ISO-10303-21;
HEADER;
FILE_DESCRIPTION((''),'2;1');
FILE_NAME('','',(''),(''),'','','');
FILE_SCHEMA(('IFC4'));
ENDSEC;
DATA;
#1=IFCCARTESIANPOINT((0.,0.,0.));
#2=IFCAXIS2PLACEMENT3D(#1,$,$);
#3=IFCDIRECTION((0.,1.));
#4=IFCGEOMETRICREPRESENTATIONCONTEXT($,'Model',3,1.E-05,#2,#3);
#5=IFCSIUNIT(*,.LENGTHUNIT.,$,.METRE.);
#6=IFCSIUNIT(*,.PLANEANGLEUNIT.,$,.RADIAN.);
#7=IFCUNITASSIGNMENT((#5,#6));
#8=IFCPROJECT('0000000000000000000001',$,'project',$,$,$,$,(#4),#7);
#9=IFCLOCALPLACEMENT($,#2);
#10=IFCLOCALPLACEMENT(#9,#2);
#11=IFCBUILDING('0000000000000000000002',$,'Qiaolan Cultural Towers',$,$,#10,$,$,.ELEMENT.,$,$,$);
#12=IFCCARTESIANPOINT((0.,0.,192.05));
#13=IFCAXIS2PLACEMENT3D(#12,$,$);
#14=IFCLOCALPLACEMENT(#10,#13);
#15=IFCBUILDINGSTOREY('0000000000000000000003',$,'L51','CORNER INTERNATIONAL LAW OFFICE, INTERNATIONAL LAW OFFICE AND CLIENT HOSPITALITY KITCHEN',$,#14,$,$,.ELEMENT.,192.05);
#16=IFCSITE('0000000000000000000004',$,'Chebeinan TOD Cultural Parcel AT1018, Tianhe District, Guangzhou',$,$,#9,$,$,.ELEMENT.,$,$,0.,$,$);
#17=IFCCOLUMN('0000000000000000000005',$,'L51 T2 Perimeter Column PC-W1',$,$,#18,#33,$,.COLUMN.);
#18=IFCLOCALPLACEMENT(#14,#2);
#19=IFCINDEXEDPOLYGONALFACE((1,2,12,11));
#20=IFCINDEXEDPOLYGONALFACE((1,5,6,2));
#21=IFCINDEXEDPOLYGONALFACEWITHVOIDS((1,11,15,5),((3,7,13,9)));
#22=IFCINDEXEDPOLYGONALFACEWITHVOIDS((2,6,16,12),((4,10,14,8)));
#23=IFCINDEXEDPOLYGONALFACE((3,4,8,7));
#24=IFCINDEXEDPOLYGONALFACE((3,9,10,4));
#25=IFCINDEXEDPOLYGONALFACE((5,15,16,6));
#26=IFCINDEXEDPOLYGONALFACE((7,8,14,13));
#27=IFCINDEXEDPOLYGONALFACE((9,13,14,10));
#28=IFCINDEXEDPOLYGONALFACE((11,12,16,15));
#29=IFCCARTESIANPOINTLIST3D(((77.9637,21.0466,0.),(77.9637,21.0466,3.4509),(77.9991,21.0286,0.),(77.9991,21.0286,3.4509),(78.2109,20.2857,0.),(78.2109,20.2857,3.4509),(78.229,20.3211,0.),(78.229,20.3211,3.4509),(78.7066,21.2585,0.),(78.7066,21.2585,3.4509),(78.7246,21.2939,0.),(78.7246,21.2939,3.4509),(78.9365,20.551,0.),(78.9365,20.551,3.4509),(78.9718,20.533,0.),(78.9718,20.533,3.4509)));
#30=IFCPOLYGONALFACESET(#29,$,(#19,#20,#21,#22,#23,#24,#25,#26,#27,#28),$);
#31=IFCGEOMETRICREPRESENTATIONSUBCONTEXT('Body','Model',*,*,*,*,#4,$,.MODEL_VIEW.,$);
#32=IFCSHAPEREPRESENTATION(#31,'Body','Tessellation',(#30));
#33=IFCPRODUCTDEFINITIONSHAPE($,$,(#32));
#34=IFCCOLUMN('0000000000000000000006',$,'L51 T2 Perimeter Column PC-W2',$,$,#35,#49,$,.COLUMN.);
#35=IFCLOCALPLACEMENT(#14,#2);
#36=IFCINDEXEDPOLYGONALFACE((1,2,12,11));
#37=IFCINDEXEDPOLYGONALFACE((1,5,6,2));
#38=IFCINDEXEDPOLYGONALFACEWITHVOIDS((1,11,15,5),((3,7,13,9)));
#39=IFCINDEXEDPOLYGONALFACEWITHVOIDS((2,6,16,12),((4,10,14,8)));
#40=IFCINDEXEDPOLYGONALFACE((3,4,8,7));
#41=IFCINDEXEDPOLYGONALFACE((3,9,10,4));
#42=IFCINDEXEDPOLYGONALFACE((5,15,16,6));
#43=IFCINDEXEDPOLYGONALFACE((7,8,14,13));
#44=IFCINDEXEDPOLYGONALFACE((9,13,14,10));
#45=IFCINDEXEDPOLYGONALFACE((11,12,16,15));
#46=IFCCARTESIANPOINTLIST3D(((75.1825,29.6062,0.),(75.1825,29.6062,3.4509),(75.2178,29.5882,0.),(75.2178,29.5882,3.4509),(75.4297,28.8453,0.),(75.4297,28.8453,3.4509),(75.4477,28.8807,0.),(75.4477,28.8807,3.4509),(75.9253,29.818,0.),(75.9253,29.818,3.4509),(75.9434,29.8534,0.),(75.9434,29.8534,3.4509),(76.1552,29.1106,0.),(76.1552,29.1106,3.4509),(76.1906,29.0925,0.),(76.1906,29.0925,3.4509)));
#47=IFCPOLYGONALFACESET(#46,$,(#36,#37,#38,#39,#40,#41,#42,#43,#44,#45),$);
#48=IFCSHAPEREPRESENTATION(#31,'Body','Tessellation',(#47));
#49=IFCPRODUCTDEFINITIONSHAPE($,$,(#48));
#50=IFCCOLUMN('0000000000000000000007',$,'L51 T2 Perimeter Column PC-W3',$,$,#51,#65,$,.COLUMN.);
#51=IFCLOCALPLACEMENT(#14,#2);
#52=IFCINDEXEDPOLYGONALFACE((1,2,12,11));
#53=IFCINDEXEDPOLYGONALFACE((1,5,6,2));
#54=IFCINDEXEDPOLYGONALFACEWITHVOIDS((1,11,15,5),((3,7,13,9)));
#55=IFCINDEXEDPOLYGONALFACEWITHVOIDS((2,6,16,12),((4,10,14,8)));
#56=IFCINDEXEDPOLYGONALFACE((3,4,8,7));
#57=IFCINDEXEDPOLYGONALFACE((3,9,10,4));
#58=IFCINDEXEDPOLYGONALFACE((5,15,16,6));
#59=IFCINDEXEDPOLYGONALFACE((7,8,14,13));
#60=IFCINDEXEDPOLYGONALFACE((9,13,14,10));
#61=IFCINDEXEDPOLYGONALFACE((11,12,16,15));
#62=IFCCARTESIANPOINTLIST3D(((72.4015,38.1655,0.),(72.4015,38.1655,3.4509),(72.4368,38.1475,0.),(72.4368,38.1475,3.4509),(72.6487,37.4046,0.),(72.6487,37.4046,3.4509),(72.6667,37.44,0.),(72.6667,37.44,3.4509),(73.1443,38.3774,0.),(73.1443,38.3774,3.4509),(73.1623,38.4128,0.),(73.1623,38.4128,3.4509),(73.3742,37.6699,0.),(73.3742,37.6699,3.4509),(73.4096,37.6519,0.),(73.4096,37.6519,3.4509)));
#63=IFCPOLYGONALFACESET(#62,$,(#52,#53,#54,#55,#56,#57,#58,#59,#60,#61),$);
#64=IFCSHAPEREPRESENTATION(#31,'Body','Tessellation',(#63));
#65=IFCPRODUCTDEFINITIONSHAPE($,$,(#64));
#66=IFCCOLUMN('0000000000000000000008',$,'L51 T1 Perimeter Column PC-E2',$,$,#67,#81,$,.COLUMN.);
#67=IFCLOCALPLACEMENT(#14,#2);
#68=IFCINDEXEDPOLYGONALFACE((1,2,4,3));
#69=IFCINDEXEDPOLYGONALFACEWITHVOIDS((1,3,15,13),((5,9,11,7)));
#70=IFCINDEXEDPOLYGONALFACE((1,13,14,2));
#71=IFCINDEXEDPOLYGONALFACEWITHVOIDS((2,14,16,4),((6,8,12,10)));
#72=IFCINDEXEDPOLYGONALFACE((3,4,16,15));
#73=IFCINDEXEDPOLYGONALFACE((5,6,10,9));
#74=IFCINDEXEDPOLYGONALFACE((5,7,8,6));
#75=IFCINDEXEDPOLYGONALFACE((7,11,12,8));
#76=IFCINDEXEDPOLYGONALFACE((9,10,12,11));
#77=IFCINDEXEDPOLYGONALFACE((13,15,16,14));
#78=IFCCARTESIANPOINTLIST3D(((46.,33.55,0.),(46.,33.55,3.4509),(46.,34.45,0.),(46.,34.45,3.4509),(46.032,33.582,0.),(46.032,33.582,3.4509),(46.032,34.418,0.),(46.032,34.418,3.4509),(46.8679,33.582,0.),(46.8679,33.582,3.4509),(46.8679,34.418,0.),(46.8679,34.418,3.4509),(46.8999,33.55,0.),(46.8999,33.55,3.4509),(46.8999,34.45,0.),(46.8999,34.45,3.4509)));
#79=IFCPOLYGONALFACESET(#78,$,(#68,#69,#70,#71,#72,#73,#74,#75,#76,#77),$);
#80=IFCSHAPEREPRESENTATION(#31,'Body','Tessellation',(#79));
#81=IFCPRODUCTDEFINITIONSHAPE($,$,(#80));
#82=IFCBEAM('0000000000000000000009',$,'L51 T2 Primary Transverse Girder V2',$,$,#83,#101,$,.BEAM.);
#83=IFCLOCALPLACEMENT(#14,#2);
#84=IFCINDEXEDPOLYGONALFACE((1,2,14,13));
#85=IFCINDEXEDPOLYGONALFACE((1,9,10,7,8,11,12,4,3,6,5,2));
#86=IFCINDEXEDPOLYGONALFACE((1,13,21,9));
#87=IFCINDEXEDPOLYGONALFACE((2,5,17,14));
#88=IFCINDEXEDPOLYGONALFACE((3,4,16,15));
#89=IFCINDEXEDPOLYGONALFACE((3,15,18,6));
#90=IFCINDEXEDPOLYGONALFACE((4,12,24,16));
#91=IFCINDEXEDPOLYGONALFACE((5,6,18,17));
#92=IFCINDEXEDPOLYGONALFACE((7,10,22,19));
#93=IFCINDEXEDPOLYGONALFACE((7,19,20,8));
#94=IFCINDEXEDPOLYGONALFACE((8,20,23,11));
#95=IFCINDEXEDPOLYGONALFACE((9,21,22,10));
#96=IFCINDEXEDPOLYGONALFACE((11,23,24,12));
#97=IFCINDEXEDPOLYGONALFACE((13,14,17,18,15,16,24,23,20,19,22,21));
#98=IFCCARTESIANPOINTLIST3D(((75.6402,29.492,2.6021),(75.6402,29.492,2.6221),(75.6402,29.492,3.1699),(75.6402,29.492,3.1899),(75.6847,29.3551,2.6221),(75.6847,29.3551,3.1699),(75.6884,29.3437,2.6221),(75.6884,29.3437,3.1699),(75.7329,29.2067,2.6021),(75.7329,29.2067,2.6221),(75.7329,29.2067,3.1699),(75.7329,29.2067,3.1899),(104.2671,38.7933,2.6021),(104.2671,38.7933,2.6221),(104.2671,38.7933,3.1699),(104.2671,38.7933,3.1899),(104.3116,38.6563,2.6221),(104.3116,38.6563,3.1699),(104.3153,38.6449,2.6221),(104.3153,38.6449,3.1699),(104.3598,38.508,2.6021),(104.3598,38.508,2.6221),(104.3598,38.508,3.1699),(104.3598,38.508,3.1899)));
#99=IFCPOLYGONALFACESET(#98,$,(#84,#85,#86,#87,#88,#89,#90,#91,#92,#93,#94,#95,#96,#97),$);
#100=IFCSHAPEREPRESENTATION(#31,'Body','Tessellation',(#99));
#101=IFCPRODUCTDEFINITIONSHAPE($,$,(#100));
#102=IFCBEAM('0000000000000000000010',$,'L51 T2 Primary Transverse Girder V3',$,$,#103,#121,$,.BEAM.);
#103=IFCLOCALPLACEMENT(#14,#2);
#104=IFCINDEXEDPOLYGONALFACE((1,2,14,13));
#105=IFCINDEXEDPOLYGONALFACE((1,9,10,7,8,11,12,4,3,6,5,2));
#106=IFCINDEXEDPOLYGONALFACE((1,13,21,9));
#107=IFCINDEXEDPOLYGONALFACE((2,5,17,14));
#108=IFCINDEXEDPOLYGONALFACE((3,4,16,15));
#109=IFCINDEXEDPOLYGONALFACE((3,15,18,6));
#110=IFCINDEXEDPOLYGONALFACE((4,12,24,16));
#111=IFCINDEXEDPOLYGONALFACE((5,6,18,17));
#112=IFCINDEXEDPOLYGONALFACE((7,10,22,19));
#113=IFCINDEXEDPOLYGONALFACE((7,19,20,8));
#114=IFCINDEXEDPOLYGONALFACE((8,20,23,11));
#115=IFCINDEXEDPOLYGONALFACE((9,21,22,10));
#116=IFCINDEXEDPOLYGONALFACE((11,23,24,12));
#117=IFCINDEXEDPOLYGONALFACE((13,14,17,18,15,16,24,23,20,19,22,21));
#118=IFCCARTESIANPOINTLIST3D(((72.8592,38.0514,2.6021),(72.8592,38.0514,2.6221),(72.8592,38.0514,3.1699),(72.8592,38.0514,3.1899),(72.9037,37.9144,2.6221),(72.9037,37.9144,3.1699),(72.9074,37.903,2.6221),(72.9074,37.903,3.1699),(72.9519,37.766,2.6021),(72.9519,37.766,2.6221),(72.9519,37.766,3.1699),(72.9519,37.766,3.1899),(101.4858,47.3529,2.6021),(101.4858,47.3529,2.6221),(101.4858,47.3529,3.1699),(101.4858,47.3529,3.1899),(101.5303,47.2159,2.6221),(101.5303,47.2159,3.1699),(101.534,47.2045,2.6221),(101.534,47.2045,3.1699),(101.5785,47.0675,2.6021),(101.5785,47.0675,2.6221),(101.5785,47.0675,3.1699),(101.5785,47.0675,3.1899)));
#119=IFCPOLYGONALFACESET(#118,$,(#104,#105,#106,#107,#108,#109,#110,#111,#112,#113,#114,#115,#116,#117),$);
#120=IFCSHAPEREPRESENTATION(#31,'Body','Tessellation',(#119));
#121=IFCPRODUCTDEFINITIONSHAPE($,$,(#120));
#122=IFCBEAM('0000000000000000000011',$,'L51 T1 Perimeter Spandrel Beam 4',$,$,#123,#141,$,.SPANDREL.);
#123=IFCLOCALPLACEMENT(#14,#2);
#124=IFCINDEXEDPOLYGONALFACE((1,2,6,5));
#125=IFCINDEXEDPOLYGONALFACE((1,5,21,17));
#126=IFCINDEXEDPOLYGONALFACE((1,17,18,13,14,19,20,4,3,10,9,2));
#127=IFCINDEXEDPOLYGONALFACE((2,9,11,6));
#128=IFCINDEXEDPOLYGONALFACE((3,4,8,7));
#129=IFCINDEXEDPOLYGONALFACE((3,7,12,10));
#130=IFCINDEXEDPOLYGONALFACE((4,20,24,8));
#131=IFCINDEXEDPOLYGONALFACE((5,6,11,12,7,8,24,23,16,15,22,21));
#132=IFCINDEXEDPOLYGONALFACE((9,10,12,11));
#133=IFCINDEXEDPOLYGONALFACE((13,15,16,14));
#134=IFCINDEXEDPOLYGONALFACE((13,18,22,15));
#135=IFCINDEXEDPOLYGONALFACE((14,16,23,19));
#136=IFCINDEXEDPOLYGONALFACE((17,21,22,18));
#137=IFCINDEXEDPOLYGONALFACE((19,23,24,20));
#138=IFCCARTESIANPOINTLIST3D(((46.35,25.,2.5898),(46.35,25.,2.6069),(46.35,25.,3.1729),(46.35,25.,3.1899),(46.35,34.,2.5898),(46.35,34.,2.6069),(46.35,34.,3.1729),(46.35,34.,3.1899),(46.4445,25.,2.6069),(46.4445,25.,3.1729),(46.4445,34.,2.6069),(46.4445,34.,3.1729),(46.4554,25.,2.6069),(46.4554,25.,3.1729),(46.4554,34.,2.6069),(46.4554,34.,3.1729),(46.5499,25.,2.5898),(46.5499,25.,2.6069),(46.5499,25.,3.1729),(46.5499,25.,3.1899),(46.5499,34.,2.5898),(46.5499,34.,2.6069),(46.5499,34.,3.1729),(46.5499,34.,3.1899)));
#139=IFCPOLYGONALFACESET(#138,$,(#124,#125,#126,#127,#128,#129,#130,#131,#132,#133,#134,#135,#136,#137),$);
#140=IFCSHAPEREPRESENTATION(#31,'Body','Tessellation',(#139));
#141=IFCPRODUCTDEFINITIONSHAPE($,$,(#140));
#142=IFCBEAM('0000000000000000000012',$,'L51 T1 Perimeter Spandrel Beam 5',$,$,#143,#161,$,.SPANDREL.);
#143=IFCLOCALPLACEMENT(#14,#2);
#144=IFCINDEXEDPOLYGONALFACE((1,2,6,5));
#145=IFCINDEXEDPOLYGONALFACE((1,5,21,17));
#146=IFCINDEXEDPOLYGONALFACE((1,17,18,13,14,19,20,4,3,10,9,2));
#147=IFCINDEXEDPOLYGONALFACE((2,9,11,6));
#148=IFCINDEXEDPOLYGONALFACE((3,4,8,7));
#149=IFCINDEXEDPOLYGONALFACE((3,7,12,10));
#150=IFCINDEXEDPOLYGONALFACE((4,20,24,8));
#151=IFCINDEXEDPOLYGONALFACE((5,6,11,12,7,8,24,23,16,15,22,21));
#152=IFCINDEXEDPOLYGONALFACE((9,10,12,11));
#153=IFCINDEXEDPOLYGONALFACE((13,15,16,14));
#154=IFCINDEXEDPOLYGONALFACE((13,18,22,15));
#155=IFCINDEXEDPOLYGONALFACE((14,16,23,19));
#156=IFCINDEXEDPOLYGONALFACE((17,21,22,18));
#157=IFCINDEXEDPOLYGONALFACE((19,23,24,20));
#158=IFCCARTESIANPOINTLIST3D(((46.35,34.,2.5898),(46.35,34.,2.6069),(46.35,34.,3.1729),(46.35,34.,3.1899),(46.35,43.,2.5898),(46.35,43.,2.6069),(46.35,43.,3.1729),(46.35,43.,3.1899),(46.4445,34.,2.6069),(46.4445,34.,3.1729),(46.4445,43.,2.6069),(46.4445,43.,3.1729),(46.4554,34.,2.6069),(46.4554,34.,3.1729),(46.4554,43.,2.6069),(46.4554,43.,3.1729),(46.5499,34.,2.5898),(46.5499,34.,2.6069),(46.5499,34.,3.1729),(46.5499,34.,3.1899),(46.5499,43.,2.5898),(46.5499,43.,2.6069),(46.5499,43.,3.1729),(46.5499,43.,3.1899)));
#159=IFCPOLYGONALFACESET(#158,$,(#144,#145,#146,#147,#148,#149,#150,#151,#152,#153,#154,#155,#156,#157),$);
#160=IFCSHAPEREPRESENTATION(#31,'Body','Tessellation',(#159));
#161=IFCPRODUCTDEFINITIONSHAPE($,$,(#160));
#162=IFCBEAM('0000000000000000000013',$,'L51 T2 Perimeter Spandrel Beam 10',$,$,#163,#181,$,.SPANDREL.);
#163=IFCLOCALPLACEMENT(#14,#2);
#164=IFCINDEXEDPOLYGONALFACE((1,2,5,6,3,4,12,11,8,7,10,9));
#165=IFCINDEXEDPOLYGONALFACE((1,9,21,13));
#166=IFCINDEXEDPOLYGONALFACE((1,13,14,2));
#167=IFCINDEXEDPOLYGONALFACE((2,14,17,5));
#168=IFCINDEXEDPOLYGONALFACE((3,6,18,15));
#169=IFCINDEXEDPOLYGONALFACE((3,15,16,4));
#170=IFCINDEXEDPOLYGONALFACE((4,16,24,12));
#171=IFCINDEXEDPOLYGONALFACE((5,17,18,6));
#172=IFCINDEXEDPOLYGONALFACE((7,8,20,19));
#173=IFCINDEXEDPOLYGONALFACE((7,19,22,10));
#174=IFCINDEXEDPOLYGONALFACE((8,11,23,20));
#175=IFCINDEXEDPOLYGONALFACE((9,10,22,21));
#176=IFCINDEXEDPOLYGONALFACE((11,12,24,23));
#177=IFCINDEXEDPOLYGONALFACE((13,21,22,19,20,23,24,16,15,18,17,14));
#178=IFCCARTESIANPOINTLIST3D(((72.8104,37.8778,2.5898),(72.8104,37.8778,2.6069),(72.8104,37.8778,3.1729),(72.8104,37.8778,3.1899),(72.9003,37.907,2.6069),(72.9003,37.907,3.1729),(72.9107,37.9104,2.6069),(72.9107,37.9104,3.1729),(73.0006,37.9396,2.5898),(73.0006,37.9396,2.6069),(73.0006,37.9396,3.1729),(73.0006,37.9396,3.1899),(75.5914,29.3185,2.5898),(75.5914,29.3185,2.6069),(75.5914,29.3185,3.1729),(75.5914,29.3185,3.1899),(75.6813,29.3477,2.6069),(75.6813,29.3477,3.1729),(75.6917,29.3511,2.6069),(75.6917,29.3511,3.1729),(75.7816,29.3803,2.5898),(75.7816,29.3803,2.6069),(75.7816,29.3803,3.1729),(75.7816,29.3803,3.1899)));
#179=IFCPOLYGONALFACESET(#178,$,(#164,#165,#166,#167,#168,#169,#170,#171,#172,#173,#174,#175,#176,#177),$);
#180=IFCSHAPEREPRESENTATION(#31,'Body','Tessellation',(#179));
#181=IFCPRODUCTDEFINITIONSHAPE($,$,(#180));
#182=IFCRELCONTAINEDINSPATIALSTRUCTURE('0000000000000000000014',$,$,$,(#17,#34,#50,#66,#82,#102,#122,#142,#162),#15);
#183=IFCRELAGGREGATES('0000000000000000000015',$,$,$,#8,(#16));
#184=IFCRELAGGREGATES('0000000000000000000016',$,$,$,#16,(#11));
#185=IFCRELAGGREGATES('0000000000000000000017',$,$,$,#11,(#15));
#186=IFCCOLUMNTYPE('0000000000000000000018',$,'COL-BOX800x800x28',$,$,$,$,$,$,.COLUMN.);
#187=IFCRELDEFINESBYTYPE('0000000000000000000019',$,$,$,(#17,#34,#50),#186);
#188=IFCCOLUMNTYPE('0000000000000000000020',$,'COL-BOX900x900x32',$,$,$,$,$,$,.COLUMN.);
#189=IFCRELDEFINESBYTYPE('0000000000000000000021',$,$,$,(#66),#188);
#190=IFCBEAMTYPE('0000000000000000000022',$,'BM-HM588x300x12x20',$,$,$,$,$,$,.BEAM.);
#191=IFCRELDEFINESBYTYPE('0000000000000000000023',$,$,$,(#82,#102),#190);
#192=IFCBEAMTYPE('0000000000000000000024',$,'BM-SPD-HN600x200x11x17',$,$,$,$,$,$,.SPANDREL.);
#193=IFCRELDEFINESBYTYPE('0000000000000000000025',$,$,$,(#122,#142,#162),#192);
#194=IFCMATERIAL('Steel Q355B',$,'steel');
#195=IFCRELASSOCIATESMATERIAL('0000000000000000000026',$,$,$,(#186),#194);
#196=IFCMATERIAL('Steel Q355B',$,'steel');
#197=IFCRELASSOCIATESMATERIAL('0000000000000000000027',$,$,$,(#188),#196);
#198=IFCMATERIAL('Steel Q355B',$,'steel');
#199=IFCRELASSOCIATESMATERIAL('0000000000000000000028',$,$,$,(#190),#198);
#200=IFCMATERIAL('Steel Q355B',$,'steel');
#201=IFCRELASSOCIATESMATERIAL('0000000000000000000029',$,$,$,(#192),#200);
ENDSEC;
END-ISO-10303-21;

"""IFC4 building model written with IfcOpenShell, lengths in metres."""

from ifc_helpers import new_model, si_unit, direction, frame, origin, origin_2d, place, context, subcontext, project, spatial, hollow_rectangle, i_section, extrude, material, material_profile, profile_set, type_object, element, save


model = new_model("IFC4")

# Units and contexts
model_context = context("Model", 3, precision=1e-05, world=origin(), true_north=direction((0.0, 1.0)))
body_context = subcontext(model_context, "Body", "Model", "MODEL_VIEW")
ifc_project = project(units=[si_unit("LENGTHUNIT", "METRE"), si_unit("PLANEANGLEUNIT", "RADIAN")], contexts=[model_context])

# Site, building, storey
site_placement = place(None, origin())
site = spatial("IfcSite", under=ifc_project, at=site_placement, Name="Chebeinan TOD Cultural Parcel AT1018, Tianhe District, Guangzhou", CompositionType="ELEMENT", RefElevation=0.0)
building_placement = place(site_placement, origin())
building = spatial("IfcBuilding", under=site, at=building_placement, Name="Qiaolan Cultural Towers", CompositionType="ELEMENT")
storey_placement = place(building_placement, frame((0.0, 0.0, 192.05)))
storey = spatial("IfcBuildingStorey", under=building, at=storey_placement, Name="L51", Description="CORNER INTERNATIONAL LAW OFFICE, INTERNATIONAL LAW OFFICE AND CLIENT HOSPITALITY KITCHEN", CompositionType="ELEMENT", Elevation=192.05)

# Columns
ifc_material_1 = material(Name="Steel Q355B", Category="steel")
ifc_material_profile_1 = material_profile(ifc_material_1, hollow_rectangle(XDim=0.8, YDim=0.8, WallThickness=0.0281, at=origin_2d()), Name="BOX800x800x28")
ifc_profile_set_1 = profile_set([ifc_material_profile_1], Name="Steel Q355B")
column_type_1 = type_object("IfcColumnType", Name="COL-BOX800x800x28", PredefinedType="COLUMN", material=ifc_profile_set_1)
for number, where, z_axis, x_axis, name in (
    (1, (78.4678, 20.7898, 0.0), (0.0, 0.0, 1.0), (0.951057, 0.309017, 0.0), "L51 T2 Perimeter Column PC-W1"),
    (2, (75.6865, 29.3494, 0.0), (0.0, 0.0, 1.0), (0.951057, 0.309017, 0.0), "L51 T2 Perimeter Column PC-W2"),
    (3, (72.9055, 37.9087, 0.0), (0.0, 0.0, 1.0), (0.951057, 0.309017, 0.0), "L51 T2 Perimeter Column PC-W3"),
):
    element("IfcColumn", number, at=place(storey_placement, frame(where, z_axis=z_axis, x_axis=x_axis)), inside=storey, type_object=column_type_1, Name=name, PredefinedType="COLUMN", context=body_context, shape_type="SweptSolid", body=[
        extrude(hollow_rectangle(XDim=0.8, YDim=0.8, WallThickness=0.0281, at=origin_2d()), origin(), (0.0, 0.0, 1.0), 3.4509),
    ])
ifc_material_2 = material(Name="Steel Q355B", Category="steel")
ifc_material_profile_2 = material_profile(ifc_material_2, hollow_rectangle(XDim=0.8999, YDim=0.8999, WallThickness=0.032, at=origin_2d()), Name="BOX900x900x32")
ifc_profile_set_2 = profile_set([ifc_material_profile_2], Name="Steel Q355B")
column_type_2 = type_object("IfcColumnType", Name="COL-BOX900x900x32", PredefinedType="COLUMN", material=ifc_profile_set_2)
column_placement = place(storey_placement, frame((46.45, 34.0, 0.0), z_axis=(0.0, 0.0, 1.0), x_axis=(1.0, 0.0, 0.0)))
element("IfcColumn", 4, at=column_placement, inside=storey, type_object=column_type_2, Name="L51 T1 Perimeter Column PC-E2", PredefinedType="COLUMN", context=body_context, shape_type="SweptSolid", body=[
    extrude(hollow_rectangle(XDim=0.8999, YDim=0.8999, WallThickness=0.032, at=origin_2d()), origin(), (0.0, 0.0, 1.0), 3.4509),
])

# Beams
ifc_material_3 = material(Name="Steel Q355B", Category="steel")
ifc_material_profile_3 = material_profile(ifc_material_3, i_section(OverallWidth=0.3, OverallDepth=0.5879, WebThickness=0.012, FlangeThickness=0.02, at=origin_2d()), Name="HM588x300x12x20")
ifc_profile_set_3 = profile_set([ifc_material_profile_3], Name="Steel Q355B")
beam_type_1 = type_object("IfcBeamType", Name="BM-HM588x300x12x20", PredefinedType="BEAM", material=ifc_profile_set_3)
beam_1_placement = place(storey_placement, frame((75.6865, 29.3494, 2.896), z_axis=(0.951058, 0.309011, 0.0), x_axis=(-0.309011, 0.951058, 0.0)))
element("IfcBeam", 5, at=beam_1_placement, inside=storey, type_object=beam_type_1, Name="L51 T2 Primary Transverse Girder V2", PredefinedType="BEAM", context=body_context, shape_type="SweptSolid", body=[
    extrude(i_section(OverallWidth=0.3, OverallDepth=0.5879, WebThickness=0.012, FlangeThickness=0.02, at=origin_2d()), origin(), (0.0, 0.0, 1.0), 30.1001),
])
beam_2_placement = place(storey_placement, frame((72.9055, 37.9087, 2.896), z_axis=(0.951055, 0.309021, 0.0), x_axis=(-0.309021, 0.951055, 0.0)))
element("IfcBeam", 6, at=beam_2_placement, inside=storey, type_object=beam_type_1, Name="L51 T2 Primary Transverse Girder V3", PredefinedType="BEAM", context=body_context, shape_type="SweptSolid", body=[
    extrude(i_section(OverallWidth=0.3, OverallDepth=0.5879, WebThickness=0.012, FlangeThickness=0.02, at=origin_2d()), origin(), (0.0, 0.0, 1.0), 30.0999),
])
ifc_material_4 = material(Name="Steel Q355B", Category="steel")
ifc_material_profile_4 = material_profile(ifc_material_4, i_section(OverallWidth=0.2, OverallDepth=0.6001, WebThickness=0.011, FlangeThickness=0.0171, at=origin_2d()), Name="HN600x200x11x17")
ifc_profile_set_4 = profile_set([ifc_material_profile_4], Name="Steel Q355B")
beam_type_2 = type_object("IfcBeamType", Name="BM-SPD-HN600x200x11x17", PredefinedType="SPANDREL", material=ifc_profile_set_4)
for number, where, z_axis, x_axis, name in (
    (7, (46.45, 25.0, 2.8899), (0.0, 1.0, 0.0), (-1.0, 0.0, 0.0), "L51 T1 Perimeter Spandrel Beam 4"),
    (8, (46.45, 34.0, 2.8899), (0.0, 1.0, 0.0), (-1.0, 0.0, 0.0), "L51 T1 Perimeter Spandrel Beam 5"),
):
    element("IfcBeam", number, at=place(storey_placement, frame(where, z_axis=z_axis, x_axis=x_axis)), inside=storey, type_object=beam_type_2, Name=name, PredefinedType="SPANDREL", context=body_context, shape_type="SweptSolid", body=[
        extrude(i_section(OverallWidth=0.2, OverallDepth=0.6001, WebThickness=0.011, FlangeThickness=0.0171, at=origin_2d()), origin(), (0.0, 0.0, 1.0), 9.0),
    ])
beam_3_placement = place(storey_placement, frame((72.9055, 37.9087, 2.8899), z_axis=(0.309008, -0.951059, 0.0), x_axis=(0.951059, 0.309008, 0.0)))
element("IfcBeam", 9, at=beam_3_placement, inside=storey, type_object=beam_type_2, Name="L51 T2 Perimeter Spandrel Beam 10", PredefinedType="SPANDREL", context=body_context, shape_type="SweptSolid", body=[
    extrude(i_section(OverallWidth=0.2, OverallDepth=0.6001, WebThickness=0.011, FlangeThickness=0.0171, at=origin_2d()), origin(), (0.0, 0.0, 1.0), 8.9998),
])

save(model, "model.ifc")
